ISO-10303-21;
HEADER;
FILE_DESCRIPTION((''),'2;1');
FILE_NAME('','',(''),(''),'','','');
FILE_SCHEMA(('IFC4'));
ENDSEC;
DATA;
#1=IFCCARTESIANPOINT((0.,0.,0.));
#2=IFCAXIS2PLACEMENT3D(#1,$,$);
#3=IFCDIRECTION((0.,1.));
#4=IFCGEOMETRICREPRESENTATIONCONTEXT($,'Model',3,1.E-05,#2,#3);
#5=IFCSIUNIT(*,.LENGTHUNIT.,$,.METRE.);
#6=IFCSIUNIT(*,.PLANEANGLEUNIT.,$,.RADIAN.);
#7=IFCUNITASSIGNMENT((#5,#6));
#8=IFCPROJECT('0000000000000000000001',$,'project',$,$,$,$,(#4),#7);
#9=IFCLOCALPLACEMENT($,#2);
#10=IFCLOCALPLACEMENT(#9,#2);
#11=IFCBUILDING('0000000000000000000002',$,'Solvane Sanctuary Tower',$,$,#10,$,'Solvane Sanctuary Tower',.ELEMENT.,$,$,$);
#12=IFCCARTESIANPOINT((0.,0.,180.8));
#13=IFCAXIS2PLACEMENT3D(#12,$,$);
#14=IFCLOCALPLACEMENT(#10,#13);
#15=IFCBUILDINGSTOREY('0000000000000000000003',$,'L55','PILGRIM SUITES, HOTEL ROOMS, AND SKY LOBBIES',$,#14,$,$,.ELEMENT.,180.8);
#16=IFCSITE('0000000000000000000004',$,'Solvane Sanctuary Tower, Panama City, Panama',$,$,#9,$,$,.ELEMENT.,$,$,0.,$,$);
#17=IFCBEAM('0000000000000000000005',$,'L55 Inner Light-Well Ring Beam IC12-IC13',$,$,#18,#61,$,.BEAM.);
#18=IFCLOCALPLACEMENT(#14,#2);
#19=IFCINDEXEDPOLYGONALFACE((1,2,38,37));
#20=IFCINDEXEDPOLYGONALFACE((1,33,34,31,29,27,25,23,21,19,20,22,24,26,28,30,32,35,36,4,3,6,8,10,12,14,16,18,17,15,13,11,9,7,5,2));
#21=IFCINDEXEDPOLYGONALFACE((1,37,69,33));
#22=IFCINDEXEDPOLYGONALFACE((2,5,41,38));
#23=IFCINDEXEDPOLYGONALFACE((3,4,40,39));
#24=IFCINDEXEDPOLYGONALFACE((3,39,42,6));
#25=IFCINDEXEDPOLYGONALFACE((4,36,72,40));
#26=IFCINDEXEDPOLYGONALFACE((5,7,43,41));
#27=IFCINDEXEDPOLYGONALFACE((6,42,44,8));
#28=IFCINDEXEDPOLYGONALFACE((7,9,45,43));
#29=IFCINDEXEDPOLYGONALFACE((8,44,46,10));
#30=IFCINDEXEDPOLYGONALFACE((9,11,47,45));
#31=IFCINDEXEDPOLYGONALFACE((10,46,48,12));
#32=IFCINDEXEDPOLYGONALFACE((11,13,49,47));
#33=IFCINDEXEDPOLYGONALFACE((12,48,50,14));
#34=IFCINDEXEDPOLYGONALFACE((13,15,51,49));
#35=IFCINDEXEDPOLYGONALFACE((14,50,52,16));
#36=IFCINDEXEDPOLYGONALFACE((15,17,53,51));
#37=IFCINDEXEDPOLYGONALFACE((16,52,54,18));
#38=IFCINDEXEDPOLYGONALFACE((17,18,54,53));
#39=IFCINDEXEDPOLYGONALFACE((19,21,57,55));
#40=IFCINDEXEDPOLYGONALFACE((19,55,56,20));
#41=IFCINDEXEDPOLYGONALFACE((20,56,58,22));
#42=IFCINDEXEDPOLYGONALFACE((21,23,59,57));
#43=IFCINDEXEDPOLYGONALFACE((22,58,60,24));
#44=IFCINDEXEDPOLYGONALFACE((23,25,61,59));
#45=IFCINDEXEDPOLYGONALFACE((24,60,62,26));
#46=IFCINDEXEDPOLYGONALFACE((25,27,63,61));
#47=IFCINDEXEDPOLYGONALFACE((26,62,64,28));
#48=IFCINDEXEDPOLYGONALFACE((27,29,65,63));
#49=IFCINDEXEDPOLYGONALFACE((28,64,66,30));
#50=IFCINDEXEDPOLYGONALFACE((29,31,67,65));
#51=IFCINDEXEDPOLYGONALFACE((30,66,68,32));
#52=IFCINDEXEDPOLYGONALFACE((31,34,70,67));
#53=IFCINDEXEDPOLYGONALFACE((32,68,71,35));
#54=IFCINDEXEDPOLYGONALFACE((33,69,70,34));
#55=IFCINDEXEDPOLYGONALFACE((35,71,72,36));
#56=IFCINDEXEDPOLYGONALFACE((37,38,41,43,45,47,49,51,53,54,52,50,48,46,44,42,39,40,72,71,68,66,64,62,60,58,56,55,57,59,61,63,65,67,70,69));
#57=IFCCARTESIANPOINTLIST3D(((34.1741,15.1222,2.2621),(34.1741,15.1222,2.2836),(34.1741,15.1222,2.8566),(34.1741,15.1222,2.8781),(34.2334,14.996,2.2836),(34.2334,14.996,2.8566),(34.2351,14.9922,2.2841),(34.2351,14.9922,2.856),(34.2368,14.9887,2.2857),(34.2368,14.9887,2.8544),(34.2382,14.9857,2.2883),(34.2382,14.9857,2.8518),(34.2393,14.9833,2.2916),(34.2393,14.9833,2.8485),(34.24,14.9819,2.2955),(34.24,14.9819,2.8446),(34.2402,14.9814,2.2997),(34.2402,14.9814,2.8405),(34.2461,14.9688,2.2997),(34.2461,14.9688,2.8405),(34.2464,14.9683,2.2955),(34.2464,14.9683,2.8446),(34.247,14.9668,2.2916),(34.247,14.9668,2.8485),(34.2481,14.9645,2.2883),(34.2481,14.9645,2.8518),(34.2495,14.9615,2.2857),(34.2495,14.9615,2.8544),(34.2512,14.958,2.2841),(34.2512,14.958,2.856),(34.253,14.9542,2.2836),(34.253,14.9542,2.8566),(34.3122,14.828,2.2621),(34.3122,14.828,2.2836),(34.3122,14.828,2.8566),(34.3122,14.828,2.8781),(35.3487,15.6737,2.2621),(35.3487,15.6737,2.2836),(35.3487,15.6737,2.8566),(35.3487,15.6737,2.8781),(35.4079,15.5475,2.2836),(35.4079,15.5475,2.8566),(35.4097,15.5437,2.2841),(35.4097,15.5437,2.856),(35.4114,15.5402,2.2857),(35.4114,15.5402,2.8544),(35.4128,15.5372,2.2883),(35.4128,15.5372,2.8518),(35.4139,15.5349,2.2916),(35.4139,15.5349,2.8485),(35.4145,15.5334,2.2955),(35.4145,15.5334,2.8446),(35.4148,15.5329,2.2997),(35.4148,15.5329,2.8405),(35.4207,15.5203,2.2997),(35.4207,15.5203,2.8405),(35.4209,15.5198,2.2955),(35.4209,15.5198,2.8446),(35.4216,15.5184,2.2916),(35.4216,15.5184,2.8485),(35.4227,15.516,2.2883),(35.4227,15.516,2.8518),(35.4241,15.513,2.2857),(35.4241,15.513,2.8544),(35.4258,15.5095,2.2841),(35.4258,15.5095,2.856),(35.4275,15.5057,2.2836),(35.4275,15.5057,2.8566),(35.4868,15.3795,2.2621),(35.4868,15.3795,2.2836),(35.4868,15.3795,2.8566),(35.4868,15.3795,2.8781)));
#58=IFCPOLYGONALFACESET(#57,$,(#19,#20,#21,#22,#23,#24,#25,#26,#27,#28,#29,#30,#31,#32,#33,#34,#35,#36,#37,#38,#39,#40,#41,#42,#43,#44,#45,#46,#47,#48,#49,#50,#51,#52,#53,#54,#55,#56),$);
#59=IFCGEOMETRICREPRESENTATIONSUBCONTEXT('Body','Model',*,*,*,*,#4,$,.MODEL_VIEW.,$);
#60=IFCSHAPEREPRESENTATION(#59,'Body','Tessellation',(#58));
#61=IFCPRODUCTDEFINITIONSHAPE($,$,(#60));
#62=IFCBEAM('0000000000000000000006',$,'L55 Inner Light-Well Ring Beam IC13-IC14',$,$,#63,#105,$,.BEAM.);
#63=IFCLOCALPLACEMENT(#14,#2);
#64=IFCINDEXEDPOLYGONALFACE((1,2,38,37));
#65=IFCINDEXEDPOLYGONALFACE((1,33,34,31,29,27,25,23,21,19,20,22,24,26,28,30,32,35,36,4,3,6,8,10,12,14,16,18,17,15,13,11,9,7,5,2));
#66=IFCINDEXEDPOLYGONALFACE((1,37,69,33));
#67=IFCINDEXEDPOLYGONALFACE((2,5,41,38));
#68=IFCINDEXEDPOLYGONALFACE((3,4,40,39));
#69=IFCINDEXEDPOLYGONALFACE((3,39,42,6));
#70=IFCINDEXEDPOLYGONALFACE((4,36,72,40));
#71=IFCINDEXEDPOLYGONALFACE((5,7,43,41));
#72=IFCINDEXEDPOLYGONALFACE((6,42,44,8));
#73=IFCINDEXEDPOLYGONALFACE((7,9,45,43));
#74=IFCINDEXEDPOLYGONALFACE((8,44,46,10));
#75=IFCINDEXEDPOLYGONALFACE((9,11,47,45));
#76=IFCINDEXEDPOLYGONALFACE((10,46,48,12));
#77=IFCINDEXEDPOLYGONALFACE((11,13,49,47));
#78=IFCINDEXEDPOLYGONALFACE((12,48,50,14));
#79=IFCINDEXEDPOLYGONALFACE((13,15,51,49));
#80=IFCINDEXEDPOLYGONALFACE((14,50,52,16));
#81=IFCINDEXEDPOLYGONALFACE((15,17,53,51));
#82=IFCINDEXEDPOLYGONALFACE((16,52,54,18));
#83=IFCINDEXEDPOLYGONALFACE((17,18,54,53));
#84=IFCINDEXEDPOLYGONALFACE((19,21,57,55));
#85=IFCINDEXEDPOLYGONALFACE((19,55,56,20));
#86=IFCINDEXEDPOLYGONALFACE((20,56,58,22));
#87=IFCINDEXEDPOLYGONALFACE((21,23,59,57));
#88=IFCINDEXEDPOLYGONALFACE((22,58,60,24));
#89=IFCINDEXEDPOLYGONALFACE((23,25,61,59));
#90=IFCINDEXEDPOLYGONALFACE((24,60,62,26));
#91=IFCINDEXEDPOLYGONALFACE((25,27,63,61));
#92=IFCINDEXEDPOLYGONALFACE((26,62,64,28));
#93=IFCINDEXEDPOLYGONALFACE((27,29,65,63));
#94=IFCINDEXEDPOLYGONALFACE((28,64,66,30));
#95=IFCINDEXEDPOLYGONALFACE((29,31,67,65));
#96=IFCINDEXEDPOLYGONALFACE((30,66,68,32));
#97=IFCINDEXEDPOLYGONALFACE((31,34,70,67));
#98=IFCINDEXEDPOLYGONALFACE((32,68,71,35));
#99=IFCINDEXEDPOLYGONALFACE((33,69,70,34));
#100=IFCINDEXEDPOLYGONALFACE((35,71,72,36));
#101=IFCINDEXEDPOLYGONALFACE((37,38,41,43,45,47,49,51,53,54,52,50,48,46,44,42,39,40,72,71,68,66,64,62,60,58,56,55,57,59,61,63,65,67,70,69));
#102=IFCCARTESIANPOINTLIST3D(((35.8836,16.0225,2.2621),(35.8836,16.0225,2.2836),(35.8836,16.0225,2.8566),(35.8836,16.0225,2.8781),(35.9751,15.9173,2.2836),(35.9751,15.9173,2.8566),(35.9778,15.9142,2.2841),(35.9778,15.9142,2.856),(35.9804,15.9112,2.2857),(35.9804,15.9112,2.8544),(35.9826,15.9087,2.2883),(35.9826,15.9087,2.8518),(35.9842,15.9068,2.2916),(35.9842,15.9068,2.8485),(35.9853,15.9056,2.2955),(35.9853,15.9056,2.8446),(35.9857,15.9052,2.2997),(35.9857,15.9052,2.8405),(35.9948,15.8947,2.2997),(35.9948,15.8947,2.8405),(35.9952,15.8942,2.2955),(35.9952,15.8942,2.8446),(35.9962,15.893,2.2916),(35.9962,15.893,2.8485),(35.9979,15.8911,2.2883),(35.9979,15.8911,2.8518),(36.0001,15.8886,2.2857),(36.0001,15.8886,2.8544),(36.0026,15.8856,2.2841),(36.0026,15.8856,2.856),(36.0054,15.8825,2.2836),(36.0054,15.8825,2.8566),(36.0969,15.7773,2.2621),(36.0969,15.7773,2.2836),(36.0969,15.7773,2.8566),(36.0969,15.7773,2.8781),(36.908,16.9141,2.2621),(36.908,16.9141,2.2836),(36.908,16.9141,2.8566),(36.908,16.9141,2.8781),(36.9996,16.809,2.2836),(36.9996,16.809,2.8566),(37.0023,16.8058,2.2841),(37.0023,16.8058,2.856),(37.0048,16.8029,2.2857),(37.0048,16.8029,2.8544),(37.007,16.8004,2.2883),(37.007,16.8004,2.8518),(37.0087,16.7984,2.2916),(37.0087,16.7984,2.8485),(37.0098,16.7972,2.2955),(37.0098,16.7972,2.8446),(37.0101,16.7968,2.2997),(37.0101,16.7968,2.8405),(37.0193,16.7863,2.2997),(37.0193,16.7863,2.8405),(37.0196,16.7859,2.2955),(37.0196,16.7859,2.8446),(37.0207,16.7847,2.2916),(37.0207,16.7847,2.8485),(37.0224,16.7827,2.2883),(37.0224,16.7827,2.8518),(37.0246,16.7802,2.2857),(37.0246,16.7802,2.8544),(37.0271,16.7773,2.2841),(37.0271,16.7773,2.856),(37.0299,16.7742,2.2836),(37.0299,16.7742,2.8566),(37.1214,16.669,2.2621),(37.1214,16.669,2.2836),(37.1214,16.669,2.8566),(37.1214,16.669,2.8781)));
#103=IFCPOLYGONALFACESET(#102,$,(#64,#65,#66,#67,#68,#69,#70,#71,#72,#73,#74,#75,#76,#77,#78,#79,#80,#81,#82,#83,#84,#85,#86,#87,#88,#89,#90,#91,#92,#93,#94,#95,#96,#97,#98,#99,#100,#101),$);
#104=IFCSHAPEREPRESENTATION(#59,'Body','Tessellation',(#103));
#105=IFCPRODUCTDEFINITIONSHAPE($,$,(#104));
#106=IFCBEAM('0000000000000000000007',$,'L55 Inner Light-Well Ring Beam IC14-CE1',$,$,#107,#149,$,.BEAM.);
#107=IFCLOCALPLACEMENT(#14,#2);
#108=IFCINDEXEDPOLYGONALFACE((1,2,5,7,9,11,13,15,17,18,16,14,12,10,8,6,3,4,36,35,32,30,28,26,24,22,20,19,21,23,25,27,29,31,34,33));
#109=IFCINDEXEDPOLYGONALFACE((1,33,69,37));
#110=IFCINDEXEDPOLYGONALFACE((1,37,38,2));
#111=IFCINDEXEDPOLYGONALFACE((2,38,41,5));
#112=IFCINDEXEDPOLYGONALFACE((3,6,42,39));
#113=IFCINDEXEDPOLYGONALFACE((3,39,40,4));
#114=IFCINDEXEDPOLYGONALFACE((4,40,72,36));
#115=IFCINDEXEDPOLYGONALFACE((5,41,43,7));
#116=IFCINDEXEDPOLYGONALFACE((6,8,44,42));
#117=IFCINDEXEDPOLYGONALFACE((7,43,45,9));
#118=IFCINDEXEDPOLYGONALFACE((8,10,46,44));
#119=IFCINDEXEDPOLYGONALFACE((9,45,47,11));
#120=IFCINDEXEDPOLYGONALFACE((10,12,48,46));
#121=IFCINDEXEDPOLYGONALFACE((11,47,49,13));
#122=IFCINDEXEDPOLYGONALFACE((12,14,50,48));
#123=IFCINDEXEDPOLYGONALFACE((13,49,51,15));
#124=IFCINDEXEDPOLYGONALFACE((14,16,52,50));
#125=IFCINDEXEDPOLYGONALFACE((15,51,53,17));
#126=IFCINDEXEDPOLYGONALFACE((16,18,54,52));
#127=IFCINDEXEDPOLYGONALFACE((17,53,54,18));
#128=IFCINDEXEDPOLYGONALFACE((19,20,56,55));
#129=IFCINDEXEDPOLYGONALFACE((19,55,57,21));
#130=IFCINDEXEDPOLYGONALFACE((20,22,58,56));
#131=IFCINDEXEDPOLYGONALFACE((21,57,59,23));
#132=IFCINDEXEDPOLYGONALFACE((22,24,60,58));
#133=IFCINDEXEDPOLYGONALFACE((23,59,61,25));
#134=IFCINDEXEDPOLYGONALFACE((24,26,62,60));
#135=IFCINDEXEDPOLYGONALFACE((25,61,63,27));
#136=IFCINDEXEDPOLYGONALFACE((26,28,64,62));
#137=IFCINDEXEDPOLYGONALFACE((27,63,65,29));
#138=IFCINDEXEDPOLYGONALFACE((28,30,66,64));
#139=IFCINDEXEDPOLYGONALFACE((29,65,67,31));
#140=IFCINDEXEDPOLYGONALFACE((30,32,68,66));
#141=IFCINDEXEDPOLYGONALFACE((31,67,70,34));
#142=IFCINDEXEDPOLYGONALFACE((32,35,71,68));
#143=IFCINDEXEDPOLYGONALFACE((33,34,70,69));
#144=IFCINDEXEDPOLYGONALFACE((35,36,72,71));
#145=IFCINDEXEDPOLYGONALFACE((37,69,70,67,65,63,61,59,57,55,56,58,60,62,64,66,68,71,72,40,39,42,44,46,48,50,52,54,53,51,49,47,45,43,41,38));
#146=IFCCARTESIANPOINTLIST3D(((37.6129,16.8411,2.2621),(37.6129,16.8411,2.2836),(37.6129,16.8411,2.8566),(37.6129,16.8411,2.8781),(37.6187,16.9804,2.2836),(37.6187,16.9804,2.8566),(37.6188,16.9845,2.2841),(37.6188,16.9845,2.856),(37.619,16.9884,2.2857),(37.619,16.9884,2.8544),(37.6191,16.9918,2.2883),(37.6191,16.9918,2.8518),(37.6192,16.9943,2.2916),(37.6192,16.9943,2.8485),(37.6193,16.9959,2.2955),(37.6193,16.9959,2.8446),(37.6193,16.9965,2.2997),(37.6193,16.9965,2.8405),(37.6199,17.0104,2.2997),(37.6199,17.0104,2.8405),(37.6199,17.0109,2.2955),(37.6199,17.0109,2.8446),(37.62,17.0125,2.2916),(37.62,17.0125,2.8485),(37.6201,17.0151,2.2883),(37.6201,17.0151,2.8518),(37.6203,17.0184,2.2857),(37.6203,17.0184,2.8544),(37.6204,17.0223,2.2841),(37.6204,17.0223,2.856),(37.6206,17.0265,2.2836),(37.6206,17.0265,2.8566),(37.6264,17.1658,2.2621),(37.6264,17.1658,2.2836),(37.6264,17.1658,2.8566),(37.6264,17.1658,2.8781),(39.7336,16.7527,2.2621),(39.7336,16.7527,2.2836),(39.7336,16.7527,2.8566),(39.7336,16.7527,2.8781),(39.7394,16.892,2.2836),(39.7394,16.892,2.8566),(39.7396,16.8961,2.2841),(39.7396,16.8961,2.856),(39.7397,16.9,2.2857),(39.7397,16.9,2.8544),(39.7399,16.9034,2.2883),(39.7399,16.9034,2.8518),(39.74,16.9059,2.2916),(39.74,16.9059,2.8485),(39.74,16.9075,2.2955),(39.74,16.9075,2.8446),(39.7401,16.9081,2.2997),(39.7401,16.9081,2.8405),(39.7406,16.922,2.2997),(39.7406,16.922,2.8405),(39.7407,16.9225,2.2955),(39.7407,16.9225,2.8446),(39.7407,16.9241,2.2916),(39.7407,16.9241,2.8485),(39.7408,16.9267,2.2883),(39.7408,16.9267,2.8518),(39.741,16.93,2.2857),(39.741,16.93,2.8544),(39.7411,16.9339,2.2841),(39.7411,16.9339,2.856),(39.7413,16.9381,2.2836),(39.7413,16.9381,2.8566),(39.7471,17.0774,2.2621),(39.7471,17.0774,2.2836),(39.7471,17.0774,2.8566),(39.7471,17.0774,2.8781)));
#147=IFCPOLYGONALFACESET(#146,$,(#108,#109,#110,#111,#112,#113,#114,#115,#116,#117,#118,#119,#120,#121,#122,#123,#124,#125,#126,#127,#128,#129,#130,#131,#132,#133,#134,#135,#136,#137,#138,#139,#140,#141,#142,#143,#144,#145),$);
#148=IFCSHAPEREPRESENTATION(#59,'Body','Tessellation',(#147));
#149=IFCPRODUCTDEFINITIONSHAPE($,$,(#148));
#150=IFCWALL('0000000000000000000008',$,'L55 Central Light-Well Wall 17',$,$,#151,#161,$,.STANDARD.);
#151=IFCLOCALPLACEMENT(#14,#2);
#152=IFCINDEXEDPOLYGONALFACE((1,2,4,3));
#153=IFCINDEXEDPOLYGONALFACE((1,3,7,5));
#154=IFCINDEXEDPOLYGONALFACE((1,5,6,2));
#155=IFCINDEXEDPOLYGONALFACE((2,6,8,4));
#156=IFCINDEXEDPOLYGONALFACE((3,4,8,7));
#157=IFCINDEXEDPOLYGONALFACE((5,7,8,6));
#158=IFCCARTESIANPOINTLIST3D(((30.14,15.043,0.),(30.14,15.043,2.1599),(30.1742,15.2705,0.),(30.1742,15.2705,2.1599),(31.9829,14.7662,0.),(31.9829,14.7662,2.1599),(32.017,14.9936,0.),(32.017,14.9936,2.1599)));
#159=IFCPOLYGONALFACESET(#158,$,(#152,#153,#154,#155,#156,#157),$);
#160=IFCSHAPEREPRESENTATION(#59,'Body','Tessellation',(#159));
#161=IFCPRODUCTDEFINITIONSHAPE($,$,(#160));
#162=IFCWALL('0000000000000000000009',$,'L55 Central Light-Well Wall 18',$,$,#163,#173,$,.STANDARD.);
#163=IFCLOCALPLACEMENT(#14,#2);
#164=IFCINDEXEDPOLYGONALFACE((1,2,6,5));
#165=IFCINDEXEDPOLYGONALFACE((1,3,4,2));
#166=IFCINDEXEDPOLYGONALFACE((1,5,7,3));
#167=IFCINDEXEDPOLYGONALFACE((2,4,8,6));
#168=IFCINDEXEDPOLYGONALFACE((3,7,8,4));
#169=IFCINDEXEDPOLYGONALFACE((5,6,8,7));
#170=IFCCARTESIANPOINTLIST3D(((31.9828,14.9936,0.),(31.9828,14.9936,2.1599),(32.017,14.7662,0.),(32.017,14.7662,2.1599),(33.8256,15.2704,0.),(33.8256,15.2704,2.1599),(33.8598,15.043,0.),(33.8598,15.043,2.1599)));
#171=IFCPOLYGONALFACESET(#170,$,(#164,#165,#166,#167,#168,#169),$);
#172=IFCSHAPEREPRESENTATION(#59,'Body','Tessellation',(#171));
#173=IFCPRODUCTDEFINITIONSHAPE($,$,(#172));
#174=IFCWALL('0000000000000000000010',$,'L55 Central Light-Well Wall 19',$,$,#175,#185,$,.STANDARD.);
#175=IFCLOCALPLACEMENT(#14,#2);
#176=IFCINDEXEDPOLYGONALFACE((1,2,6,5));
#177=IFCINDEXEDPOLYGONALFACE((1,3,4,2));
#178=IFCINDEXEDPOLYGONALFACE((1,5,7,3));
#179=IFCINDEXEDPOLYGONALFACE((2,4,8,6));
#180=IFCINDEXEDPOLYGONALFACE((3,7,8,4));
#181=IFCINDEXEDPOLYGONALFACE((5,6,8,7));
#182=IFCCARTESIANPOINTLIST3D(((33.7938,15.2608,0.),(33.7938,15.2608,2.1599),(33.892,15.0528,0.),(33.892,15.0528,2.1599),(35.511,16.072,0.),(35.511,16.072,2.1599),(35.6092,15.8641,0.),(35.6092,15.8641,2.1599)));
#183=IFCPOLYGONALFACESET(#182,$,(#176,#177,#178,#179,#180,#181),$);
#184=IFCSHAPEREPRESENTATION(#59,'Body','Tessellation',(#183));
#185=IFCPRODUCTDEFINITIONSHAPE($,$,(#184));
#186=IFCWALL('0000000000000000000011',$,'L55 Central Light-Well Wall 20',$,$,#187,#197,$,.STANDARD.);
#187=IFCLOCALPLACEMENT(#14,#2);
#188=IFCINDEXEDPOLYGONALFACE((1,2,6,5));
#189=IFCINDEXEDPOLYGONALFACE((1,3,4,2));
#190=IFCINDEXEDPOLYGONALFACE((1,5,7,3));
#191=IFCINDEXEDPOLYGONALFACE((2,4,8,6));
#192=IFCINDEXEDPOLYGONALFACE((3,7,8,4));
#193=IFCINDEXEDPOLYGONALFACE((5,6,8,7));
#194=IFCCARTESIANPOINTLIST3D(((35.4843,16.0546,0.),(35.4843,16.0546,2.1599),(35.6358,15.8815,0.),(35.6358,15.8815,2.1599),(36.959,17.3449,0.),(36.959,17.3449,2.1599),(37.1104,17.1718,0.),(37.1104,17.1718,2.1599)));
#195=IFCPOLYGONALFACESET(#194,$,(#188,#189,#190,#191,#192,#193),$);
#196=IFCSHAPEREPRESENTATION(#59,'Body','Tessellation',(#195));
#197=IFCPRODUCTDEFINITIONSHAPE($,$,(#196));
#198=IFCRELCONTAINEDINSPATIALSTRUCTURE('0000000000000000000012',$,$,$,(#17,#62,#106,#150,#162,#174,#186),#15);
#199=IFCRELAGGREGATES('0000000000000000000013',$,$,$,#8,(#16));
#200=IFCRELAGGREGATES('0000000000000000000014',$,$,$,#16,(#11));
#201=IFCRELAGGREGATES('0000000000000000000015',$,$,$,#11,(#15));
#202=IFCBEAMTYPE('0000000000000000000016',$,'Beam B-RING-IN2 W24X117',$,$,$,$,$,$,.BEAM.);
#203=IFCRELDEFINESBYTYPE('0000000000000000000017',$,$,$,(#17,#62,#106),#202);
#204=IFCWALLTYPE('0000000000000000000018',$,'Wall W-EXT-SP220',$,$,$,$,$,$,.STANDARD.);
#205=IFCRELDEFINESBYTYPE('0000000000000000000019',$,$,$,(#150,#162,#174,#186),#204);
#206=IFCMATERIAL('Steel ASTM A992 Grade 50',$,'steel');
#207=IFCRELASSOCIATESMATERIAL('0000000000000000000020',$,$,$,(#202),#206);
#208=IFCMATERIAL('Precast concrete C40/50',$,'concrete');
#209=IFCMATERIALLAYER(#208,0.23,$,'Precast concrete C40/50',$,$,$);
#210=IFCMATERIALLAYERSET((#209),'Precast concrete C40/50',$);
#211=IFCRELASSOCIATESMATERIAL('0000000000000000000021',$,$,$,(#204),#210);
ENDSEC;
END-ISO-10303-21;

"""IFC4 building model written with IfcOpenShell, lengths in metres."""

from ifc_helpers import new_model, si_unit, direction, frame, frame_2d, origin, origin_2d, place, context, subcontext, project, spatial, rectangle, i_section, extrude, material, layer, layer_set, material_profile, profile_set, type_object, element, save


model = new_model("IFC4")

# Units and contexts
model_context = context("Model", 3, precision=1e-05, world=origin(), true_north=direction((0.0, 1.0)))
body_context = subcontext(model_context, "Body", "Model", "MODEL_VIEW")
ifc_project = project(units=[si_unit("LENGTHUNIT", "METRE"), si_unit("PLANEANGLEUNIT", "RADIAN")], contexts=[model_context])

# Site, building, storey
site_placement = place(None, origin())
site = spatial("IfcSite", under=ifc_project, at=site_placement, Name="Solvane Sanctuary Tower, Panama City, Panama", CompositionType="ELEMENT", RefElevation=0.0)
building_placement = place(site_placement, origin())
building = spatial("IfcBuilding", under=site, at=building_placement, Name="Solvane Sanctuary Tower", LongName="Solvane Sanctuary Tower", CompositionType="ELEMENT")
storey_placement = place(building_placement, frame((0.0, 0.0, 180.8)))
storey = spatial("IfcBuildingStorey", under=building, at=storey_placement, Name="L55", Description="PILGRIM SUITES, HOTEL ROOMS, AND SKY LOBBIES", CompositionType="ELEMENT", Elevation=180.8)

# Beams
ifc_material_1 = material(Name="Steel ASTM A992 Grade 50", Category="steel")
ifc_material_profile_1 = material_profile(ifc_material_1, i_section(OverallWidth=0.325, OverallDepth=0.616, WebThickness=0.0139, FlangeThickness=0.0215, FilletRadius=0.0161, at=origin_2d()), Name="W24X117")
ifc_profile_set_1 = profile_set([ifc_material_profile_1], Name="Steel ASTM A992 Grade 50")
beam_type_1 = type_object("IfcBeamType", Name="Beam B-RING-IN2 W24X117", PredefinedType="BEAM", material=ifc_profile_set_1)
beam_1_placement = place(storey_placement, frame((34.2432, 14.9751, 2.5701), z_axis=(0.905181, 0.425027, 0.0), x_axis=(-0.425027, 0.905181, 0.0)))
element("IfcBeam", 1, at=beam_1_placement, inside=storey, type_object=beam_type_1, Name="L55 Inner Light-Well Ring Beam IC12-IC13", PredefinedType="BEAM", context=body_context, shape_type="SweptSolid", body=[
    extrude(i_section(OverallWidth=0.325, OverallDepth=0.616, WebThickness=0.0139, FlangeThickness=0.0215, FilletRadius=0.0161, at=origin_2d()), origin(), (0.0, 0.0, 1.0), 1.2976),
])
beam_2_placement = place(storey_placement, frame((35.9902, 15.8999, 2.5701), z_axis=(0.754311, 0.656517, 0.0), x_axis=(-0.656517, 0.754311, 0.0)))
element("IfcBeam", 2, at=beam_2_placement, inside=storey, type_object=beam_type_1, Name="L55 Inner Light-Well Ring Beam IC13-IC14", PredefinedType="BEAM", context=body_context, shape_type="SweptSolid", body=[
    extrude(i_section(OverallWidth=0.325, OverallDepth=0.616, WebThickness=0.0139, FlangeThickness=0.0215, FilletRadius=0.0161, at=origin_2d()), origin(), (0.0, 0.0, 1.0), 1.3582),
])
beam_3_placement = place(storey_placement, frame((37.6196, 17.0034, 2.5701), z_axis=(0.999133, -0.04164, 0.0), x_axis=(0.04164, 0.999133, 0.0)))
element("IfcBeam", 3, at=beam_3_placement, inside=storey, type_object=beam_type_1, Name="L55 Inner Light-Well Ring Beam IC14-CE1", PredefinedType="BEAM", context=body_context, shape_type="SweptSolid", body=[
    extrude(i_section(OverallWidth=0.325, OverallDepth=0.616, WebThickness=0.0139, FlangeThickness=0.0215, FilletRadius=0.0161, at=origin_2d()), origin(), (0.0, 0.0, 1.0), 2.1226),
])

# Walls
ifc_material_2 = material(Name="Precast concrete C40/50", Category="concrete")
ifc_layer_1 = layer(ifc_material_2, 0.23, Name="Precast concrete C40/50")
ifc_layer_set_1 = layer_set([ifc_layer_1], Name="Precast concrete C40/50")
wall_type_1 = type_object("IfcWallType", Name="Wall W-EXT-SP220", PredefinedType="STANDARD", material=ifc_layer_set_1)
for number, where, z_axis, x_axis, name in (
    (4, (30.1572, 15.1567, 0.0), (0.0, 0.0, 1.0), (0.988902, -0.148571, 0.0), "L55 Central Light-Well Wall 17"),
    (5, (32.0, 14.8799, 0.0), (0.0, 0.0, 1.0), (0.988902, 0.148571, 0.0), "L55 Central Light-Well Wall 18"),
):
    element("IfcWall", number, at=place(storey_placement, frame(where, z_axis=z_axis, x_axis=x_axis)), inside=storey, type_object=wall_type_1, Name=name, PredefinedType="STANDARD", context=body_context, shape_type="SweptSolid", body=[
        extrude(rectangle(XDim=1.8635, YDim=0.23, at=frame_2d((0.9316, 0.0))), origin(), (0.0, 0.0, 1.0), 2.1599),
    ])
wall_1_placement = place(storey_placement, frame((33.8428, 15.1567, 0.0), z_axis=(0.0, 0.0, 1.0), x_axis=(0.90418, 0.427152, 0.0)))
element("IfcWall", 6, at=wall_1_placement, inside=storey, type_object=wall_type_1, Name="L55 Central Light-Well Wall 19", PredefinedType="STANDARD", context=body_context, shape_type="SweptSolid", body=[
    extrude(rectangle(XDim=1.8992, YDim=0.23, at=frame_2d((0.9497, 0.0))), origin(), (0.0, 0.0, 1.0), 2.1599),
])
wall_2_placement = place(storey_placement, frame((35.5601, 15.968, 0.0), z_axis=(0.0, 0.0, 1.0), x_axis=(0.752577, 0.658505, 0.0)))
element("IfcWall", 7, at=wall_2_placement, inside=storey, type_object=wall_type_1, Name="L55 Central Light-Well Wall 20", PredefinedType="STANDARD", context=body_context, shape_type="SweptSolid", body=[
    extrude(rectangle(XDim=1.9595, YDim=0.23, at=frame_2d((0.9797, 0.0))), origin(), (0.0, 0.0, 1.0), 2.1599),
])

save(model, "model.ifc")
